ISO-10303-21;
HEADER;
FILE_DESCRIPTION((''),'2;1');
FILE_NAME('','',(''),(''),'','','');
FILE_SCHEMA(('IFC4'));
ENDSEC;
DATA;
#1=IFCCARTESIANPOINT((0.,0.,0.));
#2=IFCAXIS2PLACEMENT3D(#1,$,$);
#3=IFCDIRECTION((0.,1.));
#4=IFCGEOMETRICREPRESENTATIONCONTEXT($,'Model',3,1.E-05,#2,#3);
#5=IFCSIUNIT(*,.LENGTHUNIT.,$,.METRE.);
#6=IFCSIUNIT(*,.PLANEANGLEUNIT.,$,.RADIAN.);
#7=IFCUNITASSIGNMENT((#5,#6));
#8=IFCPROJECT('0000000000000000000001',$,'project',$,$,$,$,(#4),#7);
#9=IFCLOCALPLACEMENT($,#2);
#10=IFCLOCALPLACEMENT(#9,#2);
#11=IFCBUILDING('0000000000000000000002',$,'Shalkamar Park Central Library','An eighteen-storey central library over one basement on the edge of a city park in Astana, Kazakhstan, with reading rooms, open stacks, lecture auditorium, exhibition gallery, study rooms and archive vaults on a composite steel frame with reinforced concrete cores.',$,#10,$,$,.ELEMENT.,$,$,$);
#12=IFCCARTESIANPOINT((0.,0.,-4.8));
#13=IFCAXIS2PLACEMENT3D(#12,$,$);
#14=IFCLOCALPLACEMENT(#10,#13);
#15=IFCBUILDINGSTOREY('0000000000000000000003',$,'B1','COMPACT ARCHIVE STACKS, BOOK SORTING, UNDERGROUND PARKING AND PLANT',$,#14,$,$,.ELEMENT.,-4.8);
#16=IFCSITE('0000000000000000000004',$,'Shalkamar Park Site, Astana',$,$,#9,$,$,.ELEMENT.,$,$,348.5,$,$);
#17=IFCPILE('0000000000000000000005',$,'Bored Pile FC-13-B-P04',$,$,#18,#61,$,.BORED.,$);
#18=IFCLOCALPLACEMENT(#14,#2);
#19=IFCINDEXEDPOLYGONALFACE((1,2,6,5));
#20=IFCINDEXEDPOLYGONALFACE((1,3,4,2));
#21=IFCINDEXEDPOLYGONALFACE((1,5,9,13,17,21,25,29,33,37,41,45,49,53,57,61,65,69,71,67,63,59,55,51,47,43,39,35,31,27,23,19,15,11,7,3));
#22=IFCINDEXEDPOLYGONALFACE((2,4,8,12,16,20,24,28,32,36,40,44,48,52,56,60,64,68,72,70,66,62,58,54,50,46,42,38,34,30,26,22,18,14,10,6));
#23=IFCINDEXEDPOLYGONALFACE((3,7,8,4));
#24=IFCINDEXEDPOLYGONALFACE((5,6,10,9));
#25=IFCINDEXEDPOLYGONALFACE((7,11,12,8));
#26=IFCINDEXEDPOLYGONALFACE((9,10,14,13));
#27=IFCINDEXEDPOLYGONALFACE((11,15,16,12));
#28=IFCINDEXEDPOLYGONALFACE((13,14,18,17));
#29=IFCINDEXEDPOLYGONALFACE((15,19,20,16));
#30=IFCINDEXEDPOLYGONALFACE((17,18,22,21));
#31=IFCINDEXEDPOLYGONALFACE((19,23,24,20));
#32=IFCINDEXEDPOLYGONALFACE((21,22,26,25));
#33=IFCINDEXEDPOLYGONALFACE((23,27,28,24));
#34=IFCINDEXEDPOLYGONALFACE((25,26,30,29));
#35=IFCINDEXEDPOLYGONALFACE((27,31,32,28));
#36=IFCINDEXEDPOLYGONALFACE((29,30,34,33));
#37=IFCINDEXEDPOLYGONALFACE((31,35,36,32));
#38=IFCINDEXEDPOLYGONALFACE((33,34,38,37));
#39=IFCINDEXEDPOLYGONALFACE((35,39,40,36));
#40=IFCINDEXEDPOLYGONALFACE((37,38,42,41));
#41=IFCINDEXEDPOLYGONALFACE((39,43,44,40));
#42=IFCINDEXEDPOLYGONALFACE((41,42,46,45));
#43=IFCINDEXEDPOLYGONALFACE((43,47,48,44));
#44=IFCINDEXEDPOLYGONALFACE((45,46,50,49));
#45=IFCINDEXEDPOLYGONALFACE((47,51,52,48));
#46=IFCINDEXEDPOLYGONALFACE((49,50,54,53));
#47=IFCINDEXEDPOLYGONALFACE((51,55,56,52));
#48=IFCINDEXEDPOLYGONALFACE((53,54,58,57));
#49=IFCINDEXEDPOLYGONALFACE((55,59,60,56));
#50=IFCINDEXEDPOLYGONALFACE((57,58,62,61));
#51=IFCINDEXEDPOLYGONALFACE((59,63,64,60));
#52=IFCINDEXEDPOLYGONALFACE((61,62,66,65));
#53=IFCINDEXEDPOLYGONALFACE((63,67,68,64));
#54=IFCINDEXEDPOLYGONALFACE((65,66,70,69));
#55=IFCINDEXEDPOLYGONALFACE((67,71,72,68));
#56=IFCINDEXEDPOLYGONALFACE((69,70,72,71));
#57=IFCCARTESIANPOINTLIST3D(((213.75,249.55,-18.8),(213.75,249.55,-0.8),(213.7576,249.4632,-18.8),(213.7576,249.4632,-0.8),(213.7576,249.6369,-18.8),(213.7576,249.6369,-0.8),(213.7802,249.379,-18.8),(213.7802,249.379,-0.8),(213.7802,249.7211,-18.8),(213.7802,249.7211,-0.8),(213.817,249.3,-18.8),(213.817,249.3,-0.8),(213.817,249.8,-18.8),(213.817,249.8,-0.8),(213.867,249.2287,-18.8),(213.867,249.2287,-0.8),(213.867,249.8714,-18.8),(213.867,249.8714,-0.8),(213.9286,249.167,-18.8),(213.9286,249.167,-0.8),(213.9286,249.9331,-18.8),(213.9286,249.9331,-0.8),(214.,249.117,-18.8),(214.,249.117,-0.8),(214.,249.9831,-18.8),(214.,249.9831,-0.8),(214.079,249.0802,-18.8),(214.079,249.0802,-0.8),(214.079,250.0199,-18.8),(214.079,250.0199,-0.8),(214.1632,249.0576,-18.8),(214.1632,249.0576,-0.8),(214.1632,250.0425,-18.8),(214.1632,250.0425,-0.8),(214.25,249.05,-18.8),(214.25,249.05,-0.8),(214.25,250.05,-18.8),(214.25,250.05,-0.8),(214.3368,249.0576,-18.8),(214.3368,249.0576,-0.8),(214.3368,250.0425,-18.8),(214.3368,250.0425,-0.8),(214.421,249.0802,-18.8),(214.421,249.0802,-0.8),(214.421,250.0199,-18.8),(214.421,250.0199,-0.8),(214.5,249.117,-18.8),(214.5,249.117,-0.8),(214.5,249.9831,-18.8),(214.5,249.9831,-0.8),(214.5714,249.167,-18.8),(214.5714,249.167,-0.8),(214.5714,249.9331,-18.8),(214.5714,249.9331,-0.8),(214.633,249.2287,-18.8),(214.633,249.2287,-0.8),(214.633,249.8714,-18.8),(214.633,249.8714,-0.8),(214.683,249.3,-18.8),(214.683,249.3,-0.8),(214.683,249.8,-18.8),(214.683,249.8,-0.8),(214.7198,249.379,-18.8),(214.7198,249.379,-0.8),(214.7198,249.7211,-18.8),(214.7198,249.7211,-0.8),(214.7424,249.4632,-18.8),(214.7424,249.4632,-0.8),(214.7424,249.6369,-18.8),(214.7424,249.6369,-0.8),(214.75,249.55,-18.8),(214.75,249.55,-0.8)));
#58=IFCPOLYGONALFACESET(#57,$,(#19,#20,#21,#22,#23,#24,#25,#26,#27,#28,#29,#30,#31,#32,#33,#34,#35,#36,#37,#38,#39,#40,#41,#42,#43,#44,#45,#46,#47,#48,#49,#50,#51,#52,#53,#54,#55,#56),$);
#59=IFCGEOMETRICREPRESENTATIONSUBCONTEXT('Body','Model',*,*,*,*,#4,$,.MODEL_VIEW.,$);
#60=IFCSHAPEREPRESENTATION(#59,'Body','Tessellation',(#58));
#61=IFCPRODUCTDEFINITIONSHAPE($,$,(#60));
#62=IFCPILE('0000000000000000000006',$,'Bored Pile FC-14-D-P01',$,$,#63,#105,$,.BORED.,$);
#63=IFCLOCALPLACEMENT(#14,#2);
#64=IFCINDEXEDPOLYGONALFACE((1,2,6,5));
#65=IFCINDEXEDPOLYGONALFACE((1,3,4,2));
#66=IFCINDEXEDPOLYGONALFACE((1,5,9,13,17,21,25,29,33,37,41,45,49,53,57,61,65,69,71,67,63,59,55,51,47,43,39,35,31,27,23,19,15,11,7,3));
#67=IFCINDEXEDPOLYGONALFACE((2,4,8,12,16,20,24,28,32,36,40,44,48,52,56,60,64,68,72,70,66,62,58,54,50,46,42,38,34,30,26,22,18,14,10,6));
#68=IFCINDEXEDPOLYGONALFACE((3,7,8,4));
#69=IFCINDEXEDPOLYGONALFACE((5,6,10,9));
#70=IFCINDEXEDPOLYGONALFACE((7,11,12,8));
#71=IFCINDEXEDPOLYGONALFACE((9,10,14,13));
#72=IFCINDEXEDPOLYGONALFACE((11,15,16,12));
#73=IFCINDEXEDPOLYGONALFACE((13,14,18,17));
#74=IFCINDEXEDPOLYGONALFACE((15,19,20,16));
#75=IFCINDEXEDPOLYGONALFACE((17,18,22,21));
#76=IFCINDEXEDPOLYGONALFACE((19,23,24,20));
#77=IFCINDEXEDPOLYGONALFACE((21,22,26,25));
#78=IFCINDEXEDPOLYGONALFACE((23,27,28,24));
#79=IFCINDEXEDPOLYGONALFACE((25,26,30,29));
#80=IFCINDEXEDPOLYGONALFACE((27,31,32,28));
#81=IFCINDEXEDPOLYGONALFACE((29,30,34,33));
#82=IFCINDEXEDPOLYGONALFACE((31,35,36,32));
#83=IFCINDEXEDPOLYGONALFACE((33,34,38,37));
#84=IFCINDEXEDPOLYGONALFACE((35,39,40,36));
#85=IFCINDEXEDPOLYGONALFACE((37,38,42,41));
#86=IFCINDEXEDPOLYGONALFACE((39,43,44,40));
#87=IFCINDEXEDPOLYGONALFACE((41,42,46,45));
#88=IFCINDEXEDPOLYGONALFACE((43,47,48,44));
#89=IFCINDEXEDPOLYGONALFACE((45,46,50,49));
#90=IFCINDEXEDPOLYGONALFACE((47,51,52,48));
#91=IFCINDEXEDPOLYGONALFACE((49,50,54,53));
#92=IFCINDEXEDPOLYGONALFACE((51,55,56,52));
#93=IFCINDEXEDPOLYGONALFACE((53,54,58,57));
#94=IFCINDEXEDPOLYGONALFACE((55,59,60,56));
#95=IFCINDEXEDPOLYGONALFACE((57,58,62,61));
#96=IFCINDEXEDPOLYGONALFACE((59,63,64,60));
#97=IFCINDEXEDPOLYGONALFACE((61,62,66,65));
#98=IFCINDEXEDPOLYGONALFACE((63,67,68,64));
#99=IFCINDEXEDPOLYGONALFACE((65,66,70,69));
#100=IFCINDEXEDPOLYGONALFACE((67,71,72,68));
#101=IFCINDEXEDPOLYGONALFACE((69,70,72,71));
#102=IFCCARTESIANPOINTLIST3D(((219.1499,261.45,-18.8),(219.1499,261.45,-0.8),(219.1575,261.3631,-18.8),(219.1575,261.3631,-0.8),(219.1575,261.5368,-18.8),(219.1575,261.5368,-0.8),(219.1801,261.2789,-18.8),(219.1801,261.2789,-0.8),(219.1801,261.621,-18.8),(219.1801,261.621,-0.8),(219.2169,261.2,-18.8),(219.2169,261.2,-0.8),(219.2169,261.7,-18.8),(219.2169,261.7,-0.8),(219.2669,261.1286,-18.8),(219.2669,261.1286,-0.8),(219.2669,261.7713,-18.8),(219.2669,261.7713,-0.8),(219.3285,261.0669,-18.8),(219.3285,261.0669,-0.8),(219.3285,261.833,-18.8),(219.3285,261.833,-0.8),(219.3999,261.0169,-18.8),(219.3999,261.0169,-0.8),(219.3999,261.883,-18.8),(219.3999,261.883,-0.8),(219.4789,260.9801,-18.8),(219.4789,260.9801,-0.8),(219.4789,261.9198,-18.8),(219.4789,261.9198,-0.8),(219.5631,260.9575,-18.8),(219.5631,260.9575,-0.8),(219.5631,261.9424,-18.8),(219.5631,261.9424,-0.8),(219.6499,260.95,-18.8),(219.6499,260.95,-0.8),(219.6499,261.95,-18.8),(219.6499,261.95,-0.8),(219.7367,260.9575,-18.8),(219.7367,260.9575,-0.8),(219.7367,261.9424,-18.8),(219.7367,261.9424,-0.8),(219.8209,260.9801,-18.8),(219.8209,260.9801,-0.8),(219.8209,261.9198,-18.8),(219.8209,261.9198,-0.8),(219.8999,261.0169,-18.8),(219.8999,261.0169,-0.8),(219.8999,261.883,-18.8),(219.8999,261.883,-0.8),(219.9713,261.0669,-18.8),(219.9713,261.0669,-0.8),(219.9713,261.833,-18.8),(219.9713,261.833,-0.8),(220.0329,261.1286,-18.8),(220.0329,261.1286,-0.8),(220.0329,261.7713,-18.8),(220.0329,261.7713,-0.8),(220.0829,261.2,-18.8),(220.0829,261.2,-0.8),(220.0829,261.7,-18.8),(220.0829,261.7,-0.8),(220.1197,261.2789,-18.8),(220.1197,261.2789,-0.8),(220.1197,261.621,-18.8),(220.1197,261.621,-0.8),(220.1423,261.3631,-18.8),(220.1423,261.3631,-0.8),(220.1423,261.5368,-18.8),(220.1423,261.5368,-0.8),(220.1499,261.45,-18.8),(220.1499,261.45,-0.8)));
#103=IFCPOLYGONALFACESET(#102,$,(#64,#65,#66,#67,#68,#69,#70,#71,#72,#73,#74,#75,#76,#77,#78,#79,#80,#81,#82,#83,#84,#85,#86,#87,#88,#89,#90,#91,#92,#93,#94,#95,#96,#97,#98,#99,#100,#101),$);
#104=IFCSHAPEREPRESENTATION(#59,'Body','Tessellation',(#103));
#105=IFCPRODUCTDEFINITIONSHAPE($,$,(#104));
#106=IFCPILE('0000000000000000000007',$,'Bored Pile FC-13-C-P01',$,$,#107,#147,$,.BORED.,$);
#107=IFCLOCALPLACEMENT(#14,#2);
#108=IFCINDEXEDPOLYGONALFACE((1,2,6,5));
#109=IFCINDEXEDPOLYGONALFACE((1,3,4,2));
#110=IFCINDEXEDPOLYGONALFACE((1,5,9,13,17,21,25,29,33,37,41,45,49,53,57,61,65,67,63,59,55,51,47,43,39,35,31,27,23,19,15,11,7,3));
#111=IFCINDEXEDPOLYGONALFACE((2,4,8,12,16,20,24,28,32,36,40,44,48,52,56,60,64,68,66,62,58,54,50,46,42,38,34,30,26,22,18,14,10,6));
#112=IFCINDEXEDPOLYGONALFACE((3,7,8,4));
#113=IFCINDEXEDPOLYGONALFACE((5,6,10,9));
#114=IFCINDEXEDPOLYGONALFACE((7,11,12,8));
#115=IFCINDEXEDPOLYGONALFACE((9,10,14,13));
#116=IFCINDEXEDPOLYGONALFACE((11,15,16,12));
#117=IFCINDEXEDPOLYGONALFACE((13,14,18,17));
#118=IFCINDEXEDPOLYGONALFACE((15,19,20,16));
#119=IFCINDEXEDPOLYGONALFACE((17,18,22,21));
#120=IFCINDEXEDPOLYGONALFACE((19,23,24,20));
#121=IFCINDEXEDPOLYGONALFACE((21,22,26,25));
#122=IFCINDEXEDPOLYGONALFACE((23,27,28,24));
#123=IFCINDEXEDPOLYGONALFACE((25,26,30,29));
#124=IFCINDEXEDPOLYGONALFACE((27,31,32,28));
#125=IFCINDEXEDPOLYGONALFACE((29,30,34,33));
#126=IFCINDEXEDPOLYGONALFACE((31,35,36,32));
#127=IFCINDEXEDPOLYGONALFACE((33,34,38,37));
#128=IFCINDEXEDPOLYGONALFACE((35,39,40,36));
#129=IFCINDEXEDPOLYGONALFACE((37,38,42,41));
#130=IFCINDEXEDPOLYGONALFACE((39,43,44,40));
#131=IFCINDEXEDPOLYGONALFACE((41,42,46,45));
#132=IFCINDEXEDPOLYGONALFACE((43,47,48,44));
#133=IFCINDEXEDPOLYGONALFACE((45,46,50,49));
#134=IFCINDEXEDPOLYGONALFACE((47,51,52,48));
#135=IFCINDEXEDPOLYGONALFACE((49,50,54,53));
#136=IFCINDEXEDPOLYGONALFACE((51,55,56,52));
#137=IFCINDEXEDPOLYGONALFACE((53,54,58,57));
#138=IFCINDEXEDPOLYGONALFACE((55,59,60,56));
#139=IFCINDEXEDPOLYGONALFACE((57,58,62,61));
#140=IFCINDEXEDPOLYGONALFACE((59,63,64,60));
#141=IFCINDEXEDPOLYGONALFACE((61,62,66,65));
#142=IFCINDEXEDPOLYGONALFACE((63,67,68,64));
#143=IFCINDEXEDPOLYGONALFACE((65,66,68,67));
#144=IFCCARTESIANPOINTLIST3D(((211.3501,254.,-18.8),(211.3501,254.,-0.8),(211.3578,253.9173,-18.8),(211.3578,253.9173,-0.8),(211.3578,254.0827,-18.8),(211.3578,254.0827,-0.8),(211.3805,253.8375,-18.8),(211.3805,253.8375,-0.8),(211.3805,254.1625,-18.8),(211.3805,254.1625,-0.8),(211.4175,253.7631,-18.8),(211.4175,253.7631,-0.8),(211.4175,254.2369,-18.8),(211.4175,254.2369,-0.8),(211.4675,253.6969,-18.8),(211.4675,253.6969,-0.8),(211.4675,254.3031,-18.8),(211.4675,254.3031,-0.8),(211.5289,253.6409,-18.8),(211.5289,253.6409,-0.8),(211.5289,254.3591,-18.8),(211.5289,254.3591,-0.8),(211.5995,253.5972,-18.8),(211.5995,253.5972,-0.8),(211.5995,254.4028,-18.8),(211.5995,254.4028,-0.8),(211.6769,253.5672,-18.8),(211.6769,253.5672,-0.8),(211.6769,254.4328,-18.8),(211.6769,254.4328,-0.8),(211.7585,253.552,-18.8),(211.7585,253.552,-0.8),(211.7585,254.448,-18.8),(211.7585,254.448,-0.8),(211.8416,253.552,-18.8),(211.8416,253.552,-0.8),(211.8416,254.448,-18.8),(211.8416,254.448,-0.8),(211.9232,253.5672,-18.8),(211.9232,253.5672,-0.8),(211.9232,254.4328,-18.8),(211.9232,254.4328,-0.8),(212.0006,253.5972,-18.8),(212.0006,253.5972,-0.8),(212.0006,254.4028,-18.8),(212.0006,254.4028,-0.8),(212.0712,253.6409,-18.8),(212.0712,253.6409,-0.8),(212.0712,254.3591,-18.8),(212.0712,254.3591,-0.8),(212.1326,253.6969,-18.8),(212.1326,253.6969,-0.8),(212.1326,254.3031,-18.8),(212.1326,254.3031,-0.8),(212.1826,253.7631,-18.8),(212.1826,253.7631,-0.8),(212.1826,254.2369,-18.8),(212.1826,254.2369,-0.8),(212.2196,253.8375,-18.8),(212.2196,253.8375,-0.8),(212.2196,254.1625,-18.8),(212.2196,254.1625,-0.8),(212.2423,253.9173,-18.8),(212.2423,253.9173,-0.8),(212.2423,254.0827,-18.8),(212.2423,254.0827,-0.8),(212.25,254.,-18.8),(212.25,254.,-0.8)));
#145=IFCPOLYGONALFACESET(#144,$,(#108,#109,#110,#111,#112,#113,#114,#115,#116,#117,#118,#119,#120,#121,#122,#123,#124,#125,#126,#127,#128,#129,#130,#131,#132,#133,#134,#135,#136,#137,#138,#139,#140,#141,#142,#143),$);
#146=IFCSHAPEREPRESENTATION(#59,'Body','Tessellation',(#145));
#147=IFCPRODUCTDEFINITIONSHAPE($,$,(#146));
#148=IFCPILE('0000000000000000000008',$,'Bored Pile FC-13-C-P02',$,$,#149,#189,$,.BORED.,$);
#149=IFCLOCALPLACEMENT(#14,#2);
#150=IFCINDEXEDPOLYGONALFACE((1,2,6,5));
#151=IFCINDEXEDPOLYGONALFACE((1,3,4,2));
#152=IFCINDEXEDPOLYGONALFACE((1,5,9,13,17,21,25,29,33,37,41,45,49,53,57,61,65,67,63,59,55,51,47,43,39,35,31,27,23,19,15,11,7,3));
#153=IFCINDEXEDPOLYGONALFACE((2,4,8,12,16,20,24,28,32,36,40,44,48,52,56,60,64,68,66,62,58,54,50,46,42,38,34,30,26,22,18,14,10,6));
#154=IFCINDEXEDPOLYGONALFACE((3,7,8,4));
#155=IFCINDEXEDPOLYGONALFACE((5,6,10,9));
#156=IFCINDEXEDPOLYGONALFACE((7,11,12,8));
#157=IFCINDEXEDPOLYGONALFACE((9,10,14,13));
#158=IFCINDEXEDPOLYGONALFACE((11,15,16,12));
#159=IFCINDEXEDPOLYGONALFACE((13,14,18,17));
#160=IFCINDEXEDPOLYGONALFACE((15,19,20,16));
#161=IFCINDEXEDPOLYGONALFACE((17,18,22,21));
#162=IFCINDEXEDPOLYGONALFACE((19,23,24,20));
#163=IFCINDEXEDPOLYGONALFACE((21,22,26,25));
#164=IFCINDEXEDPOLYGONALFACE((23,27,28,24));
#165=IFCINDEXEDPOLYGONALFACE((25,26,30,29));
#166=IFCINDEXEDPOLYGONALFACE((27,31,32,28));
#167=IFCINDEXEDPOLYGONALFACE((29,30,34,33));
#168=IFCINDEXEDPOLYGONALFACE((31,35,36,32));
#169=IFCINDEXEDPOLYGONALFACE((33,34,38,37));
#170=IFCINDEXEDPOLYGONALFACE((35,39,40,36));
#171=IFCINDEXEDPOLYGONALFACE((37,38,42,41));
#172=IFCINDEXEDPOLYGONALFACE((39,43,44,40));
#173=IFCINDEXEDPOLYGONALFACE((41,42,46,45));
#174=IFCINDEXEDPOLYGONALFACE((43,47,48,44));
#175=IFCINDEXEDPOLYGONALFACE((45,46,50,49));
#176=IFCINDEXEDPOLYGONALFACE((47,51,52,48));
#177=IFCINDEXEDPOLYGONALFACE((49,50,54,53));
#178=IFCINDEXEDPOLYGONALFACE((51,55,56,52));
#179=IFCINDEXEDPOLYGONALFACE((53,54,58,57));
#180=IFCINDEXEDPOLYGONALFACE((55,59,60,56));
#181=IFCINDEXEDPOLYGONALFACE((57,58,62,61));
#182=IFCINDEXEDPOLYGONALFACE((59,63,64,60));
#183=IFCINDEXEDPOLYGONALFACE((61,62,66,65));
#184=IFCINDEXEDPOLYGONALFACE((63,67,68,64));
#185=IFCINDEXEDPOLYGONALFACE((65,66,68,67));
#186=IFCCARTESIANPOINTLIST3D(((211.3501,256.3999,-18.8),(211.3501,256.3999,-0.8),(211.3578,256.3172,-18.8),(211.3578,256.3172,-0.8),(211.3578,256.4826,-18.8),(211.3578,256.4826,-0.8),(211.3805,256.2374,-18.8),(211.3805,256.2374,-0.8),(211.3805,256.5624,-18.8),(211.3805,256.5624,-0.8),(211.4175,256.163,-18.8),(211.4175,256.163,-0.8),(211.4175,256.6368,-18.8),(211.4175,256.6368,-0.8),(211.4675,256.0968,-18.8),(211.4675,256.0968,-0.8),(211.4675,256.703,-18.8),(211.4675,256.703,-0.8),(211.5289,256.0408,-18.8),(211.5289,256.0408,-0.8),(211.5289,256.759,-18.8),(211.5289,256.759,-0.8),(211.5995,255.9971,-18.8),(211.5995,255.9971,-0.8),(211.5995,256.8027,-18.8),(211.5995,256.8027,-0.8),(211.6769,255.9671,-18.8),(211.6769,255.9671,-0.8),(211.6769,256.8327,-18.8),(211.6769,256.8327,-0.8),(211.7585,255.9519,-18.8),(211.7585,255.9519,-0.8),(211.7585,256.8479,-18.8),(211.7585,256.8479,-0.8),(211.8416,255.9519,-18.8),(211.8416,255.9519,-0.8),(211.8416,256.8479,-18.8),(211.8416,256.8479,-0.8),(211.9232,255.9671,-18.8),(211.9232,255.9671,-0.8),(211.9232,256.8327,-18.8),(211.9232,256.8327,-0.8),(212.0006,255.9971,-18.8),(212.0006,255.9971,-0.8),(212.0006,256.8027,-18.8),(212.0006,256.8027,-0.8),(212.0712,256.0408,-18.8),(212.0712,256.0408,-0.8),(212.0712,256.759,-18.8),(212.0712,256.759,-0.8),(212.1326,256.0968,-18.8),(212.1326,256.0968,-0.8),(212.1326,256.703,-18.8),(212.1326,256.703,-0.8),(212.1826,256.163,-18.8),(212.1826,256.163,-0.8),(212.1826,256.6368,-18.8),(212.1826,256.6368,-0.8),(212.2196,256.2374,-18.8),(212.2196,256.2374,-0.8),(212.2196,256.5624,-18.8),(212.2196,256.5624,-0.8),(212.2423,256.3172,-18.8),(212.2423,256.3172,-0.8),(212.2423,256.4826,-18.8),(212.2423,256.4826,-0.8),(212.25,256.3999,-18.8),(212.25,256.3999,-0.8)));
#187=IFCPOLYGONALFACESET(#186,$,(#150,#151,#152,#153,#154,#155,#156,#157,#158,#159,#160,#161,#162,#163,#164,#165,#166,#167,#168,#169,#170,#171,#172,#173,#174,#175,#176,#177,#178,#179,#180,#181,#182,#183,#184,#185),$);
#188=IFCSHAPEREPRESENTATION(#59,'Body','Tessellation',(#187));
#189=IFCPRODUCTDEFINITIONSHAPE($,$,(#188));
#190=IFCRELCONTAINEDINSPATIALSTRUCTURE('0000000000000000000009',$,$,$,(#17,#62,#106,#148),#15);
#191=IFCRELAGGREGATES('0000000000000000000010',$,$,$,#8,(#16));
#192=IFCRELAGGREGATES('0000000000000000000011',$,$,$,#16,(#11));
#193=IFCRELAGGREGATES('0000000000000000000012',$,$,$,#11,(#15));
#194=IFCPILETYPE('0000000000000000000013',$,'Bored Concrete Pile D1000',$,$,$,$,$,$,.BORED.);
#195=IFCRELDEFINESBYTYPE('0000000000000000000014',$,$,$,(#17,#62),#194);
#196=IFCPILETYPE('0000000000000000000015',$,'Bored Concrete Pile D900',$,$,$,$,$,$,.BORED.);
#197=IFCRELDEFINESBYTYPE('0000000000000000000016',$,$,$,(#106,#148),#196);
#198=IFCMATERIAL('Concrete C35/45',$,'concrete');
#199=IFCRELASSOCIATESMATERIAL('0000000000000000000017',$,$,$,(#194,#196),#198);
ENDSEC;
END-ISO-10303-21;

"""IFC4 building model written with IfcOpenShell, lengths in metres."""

from ifc_helpers import new_model, si_unit, direction, frame, origin, origin_2d, place, context, subcontext, project, spatial, circle, extrude, material, material_profile, profile_set, type_object, element, save


model = new_model("IFC4")

# Units and contexts
model_context = context("Model", 3, precision=1e-05, world=origin(), true_north=direction((0.0, 1.0)))
body_context = subcontext(model_context, "Body", "Model", "MODEL_VIEW")
ifc_project = project(units=[si_unit("LENGTHUNIT", "METRE"), si_unit("PLANEANGLEUNIT", "RADIAN")], contexts=[model_context])

# Site, building, storey
site_placement = place(None, origin())
site = spatial("IfcSite", under=ifc_project, at=site_placement, Name="Shalkamar Park Site, Astana", CompositionType="ELEMENT", RefElevation=348.5)
building_placement = place(site_placement, origin())
building = spatial("IfcBuilding", under=site, at=building_placement, Name="Shalkamar Park Central Library", Description="An eighteen-storey central library over one basement on the edge of a city park in Astana, Kazakhstan, with reading rooms, open stacks, lecture auditorium, exhibition gallery, study rooms and archive vaults on a composite steel frame with reinforced concrete cores.", CompositionType="ELEMENT")
storey_placement = place(building_placement, frame((0.0, 0.0, -4.8)))
storey = spatial("IfcBuildingStorey", under=building, at=storey_placement, Name="B1", Description="COMPACT ARCHIVE STACKS, BOOK SORTING, UNDERGROUND PARKING AND PLANT", CompositionType="ELEMENT", Elevation=-4.8)

# Piles
ifc_material_1 = material(Name="Concrete C35/45", Category="concrete")
ifc_material_profile_1 = material_profile(ifc_material_1, circle(Radius=0.5, at=origin_2d()), Name="PILE D1000")
ifc_profile_set_1 = profile_set([ifc_material_profile_1], Name="Concrete C35/45")
pile_type_1 = type_object("IfcPileType", Name="Bored Concrete Pile D1000", PredefinedType="BORED", material=ifc_profile_set_1)
for number, where, z_axis, x_axis, name in (
    (1, (214.25, 249.55, -0.8), (0.0, 0.0, -1.0), (1.0, 0.0, 0.0), "Bored Pile FC-13-B-P04"),
    (2, (219.6499, 261.45, -0.8), (0.0, 0.0, -1.0), (1.0, 0.0, 0.0), "Bored Pile FC-14-D-P01"),
):
    element("IfcPile", number, at=place(storey_placement, frame(where, z_axis=z_axis, x_axis=x_axis)), inside=storey, type_object=pile_type_1, Name=name, PredefinedType="BORED", context=body_context, shape_type="SweptSolid", body=[
        extrude(circle(Radius=0.5, at=origin_2d()), origin(), (0.0, 0.0, 1.0), 18.0),
    ])
ifc_material_profile_2 = material_profile(ifc_material_1, circle(Radius=0.45, at=origin_2d()), Name="PILE D900")
ifc_profile_set_2 = profile_set([ifc_material_profile_2], Name="Concrete C35/45")
pile_type_2 = type_object("IfcPileType", Name="Bored Concrete Pile D900", PredefinedType="BORED", material=ifc_profile_set_2)
for number, where, z_axis, x_axis, name in (
    (3, (211.8, 254.0, -0.8), (0.0, 0.0, -1.0), (1.0, 0.0, 0.0), "Bored Pile FC-13-C-P01"),
    (4, (211.8, 256.3999, -0.8), (0.0, 0.0, -1.0), (1.0, 0.0, 0.0), "Bored Pile FC-13-C-P02"),
):
    element("IfcPile", number, at=place(storey_placement, frame(where, z_axis=z_axis, x_axis=x_axis)), inside=storey, type_object=pile_type_2, Name=name, PredefinedType="BORED", context=body_context, shape_type="SweptSolid", body=[
        extrude(circle(Radius=0.45, at=origin_2d()), origin(), (0.0, 0.0, 1.0), 18.0),
    ])

save(model, "model.ifc")
